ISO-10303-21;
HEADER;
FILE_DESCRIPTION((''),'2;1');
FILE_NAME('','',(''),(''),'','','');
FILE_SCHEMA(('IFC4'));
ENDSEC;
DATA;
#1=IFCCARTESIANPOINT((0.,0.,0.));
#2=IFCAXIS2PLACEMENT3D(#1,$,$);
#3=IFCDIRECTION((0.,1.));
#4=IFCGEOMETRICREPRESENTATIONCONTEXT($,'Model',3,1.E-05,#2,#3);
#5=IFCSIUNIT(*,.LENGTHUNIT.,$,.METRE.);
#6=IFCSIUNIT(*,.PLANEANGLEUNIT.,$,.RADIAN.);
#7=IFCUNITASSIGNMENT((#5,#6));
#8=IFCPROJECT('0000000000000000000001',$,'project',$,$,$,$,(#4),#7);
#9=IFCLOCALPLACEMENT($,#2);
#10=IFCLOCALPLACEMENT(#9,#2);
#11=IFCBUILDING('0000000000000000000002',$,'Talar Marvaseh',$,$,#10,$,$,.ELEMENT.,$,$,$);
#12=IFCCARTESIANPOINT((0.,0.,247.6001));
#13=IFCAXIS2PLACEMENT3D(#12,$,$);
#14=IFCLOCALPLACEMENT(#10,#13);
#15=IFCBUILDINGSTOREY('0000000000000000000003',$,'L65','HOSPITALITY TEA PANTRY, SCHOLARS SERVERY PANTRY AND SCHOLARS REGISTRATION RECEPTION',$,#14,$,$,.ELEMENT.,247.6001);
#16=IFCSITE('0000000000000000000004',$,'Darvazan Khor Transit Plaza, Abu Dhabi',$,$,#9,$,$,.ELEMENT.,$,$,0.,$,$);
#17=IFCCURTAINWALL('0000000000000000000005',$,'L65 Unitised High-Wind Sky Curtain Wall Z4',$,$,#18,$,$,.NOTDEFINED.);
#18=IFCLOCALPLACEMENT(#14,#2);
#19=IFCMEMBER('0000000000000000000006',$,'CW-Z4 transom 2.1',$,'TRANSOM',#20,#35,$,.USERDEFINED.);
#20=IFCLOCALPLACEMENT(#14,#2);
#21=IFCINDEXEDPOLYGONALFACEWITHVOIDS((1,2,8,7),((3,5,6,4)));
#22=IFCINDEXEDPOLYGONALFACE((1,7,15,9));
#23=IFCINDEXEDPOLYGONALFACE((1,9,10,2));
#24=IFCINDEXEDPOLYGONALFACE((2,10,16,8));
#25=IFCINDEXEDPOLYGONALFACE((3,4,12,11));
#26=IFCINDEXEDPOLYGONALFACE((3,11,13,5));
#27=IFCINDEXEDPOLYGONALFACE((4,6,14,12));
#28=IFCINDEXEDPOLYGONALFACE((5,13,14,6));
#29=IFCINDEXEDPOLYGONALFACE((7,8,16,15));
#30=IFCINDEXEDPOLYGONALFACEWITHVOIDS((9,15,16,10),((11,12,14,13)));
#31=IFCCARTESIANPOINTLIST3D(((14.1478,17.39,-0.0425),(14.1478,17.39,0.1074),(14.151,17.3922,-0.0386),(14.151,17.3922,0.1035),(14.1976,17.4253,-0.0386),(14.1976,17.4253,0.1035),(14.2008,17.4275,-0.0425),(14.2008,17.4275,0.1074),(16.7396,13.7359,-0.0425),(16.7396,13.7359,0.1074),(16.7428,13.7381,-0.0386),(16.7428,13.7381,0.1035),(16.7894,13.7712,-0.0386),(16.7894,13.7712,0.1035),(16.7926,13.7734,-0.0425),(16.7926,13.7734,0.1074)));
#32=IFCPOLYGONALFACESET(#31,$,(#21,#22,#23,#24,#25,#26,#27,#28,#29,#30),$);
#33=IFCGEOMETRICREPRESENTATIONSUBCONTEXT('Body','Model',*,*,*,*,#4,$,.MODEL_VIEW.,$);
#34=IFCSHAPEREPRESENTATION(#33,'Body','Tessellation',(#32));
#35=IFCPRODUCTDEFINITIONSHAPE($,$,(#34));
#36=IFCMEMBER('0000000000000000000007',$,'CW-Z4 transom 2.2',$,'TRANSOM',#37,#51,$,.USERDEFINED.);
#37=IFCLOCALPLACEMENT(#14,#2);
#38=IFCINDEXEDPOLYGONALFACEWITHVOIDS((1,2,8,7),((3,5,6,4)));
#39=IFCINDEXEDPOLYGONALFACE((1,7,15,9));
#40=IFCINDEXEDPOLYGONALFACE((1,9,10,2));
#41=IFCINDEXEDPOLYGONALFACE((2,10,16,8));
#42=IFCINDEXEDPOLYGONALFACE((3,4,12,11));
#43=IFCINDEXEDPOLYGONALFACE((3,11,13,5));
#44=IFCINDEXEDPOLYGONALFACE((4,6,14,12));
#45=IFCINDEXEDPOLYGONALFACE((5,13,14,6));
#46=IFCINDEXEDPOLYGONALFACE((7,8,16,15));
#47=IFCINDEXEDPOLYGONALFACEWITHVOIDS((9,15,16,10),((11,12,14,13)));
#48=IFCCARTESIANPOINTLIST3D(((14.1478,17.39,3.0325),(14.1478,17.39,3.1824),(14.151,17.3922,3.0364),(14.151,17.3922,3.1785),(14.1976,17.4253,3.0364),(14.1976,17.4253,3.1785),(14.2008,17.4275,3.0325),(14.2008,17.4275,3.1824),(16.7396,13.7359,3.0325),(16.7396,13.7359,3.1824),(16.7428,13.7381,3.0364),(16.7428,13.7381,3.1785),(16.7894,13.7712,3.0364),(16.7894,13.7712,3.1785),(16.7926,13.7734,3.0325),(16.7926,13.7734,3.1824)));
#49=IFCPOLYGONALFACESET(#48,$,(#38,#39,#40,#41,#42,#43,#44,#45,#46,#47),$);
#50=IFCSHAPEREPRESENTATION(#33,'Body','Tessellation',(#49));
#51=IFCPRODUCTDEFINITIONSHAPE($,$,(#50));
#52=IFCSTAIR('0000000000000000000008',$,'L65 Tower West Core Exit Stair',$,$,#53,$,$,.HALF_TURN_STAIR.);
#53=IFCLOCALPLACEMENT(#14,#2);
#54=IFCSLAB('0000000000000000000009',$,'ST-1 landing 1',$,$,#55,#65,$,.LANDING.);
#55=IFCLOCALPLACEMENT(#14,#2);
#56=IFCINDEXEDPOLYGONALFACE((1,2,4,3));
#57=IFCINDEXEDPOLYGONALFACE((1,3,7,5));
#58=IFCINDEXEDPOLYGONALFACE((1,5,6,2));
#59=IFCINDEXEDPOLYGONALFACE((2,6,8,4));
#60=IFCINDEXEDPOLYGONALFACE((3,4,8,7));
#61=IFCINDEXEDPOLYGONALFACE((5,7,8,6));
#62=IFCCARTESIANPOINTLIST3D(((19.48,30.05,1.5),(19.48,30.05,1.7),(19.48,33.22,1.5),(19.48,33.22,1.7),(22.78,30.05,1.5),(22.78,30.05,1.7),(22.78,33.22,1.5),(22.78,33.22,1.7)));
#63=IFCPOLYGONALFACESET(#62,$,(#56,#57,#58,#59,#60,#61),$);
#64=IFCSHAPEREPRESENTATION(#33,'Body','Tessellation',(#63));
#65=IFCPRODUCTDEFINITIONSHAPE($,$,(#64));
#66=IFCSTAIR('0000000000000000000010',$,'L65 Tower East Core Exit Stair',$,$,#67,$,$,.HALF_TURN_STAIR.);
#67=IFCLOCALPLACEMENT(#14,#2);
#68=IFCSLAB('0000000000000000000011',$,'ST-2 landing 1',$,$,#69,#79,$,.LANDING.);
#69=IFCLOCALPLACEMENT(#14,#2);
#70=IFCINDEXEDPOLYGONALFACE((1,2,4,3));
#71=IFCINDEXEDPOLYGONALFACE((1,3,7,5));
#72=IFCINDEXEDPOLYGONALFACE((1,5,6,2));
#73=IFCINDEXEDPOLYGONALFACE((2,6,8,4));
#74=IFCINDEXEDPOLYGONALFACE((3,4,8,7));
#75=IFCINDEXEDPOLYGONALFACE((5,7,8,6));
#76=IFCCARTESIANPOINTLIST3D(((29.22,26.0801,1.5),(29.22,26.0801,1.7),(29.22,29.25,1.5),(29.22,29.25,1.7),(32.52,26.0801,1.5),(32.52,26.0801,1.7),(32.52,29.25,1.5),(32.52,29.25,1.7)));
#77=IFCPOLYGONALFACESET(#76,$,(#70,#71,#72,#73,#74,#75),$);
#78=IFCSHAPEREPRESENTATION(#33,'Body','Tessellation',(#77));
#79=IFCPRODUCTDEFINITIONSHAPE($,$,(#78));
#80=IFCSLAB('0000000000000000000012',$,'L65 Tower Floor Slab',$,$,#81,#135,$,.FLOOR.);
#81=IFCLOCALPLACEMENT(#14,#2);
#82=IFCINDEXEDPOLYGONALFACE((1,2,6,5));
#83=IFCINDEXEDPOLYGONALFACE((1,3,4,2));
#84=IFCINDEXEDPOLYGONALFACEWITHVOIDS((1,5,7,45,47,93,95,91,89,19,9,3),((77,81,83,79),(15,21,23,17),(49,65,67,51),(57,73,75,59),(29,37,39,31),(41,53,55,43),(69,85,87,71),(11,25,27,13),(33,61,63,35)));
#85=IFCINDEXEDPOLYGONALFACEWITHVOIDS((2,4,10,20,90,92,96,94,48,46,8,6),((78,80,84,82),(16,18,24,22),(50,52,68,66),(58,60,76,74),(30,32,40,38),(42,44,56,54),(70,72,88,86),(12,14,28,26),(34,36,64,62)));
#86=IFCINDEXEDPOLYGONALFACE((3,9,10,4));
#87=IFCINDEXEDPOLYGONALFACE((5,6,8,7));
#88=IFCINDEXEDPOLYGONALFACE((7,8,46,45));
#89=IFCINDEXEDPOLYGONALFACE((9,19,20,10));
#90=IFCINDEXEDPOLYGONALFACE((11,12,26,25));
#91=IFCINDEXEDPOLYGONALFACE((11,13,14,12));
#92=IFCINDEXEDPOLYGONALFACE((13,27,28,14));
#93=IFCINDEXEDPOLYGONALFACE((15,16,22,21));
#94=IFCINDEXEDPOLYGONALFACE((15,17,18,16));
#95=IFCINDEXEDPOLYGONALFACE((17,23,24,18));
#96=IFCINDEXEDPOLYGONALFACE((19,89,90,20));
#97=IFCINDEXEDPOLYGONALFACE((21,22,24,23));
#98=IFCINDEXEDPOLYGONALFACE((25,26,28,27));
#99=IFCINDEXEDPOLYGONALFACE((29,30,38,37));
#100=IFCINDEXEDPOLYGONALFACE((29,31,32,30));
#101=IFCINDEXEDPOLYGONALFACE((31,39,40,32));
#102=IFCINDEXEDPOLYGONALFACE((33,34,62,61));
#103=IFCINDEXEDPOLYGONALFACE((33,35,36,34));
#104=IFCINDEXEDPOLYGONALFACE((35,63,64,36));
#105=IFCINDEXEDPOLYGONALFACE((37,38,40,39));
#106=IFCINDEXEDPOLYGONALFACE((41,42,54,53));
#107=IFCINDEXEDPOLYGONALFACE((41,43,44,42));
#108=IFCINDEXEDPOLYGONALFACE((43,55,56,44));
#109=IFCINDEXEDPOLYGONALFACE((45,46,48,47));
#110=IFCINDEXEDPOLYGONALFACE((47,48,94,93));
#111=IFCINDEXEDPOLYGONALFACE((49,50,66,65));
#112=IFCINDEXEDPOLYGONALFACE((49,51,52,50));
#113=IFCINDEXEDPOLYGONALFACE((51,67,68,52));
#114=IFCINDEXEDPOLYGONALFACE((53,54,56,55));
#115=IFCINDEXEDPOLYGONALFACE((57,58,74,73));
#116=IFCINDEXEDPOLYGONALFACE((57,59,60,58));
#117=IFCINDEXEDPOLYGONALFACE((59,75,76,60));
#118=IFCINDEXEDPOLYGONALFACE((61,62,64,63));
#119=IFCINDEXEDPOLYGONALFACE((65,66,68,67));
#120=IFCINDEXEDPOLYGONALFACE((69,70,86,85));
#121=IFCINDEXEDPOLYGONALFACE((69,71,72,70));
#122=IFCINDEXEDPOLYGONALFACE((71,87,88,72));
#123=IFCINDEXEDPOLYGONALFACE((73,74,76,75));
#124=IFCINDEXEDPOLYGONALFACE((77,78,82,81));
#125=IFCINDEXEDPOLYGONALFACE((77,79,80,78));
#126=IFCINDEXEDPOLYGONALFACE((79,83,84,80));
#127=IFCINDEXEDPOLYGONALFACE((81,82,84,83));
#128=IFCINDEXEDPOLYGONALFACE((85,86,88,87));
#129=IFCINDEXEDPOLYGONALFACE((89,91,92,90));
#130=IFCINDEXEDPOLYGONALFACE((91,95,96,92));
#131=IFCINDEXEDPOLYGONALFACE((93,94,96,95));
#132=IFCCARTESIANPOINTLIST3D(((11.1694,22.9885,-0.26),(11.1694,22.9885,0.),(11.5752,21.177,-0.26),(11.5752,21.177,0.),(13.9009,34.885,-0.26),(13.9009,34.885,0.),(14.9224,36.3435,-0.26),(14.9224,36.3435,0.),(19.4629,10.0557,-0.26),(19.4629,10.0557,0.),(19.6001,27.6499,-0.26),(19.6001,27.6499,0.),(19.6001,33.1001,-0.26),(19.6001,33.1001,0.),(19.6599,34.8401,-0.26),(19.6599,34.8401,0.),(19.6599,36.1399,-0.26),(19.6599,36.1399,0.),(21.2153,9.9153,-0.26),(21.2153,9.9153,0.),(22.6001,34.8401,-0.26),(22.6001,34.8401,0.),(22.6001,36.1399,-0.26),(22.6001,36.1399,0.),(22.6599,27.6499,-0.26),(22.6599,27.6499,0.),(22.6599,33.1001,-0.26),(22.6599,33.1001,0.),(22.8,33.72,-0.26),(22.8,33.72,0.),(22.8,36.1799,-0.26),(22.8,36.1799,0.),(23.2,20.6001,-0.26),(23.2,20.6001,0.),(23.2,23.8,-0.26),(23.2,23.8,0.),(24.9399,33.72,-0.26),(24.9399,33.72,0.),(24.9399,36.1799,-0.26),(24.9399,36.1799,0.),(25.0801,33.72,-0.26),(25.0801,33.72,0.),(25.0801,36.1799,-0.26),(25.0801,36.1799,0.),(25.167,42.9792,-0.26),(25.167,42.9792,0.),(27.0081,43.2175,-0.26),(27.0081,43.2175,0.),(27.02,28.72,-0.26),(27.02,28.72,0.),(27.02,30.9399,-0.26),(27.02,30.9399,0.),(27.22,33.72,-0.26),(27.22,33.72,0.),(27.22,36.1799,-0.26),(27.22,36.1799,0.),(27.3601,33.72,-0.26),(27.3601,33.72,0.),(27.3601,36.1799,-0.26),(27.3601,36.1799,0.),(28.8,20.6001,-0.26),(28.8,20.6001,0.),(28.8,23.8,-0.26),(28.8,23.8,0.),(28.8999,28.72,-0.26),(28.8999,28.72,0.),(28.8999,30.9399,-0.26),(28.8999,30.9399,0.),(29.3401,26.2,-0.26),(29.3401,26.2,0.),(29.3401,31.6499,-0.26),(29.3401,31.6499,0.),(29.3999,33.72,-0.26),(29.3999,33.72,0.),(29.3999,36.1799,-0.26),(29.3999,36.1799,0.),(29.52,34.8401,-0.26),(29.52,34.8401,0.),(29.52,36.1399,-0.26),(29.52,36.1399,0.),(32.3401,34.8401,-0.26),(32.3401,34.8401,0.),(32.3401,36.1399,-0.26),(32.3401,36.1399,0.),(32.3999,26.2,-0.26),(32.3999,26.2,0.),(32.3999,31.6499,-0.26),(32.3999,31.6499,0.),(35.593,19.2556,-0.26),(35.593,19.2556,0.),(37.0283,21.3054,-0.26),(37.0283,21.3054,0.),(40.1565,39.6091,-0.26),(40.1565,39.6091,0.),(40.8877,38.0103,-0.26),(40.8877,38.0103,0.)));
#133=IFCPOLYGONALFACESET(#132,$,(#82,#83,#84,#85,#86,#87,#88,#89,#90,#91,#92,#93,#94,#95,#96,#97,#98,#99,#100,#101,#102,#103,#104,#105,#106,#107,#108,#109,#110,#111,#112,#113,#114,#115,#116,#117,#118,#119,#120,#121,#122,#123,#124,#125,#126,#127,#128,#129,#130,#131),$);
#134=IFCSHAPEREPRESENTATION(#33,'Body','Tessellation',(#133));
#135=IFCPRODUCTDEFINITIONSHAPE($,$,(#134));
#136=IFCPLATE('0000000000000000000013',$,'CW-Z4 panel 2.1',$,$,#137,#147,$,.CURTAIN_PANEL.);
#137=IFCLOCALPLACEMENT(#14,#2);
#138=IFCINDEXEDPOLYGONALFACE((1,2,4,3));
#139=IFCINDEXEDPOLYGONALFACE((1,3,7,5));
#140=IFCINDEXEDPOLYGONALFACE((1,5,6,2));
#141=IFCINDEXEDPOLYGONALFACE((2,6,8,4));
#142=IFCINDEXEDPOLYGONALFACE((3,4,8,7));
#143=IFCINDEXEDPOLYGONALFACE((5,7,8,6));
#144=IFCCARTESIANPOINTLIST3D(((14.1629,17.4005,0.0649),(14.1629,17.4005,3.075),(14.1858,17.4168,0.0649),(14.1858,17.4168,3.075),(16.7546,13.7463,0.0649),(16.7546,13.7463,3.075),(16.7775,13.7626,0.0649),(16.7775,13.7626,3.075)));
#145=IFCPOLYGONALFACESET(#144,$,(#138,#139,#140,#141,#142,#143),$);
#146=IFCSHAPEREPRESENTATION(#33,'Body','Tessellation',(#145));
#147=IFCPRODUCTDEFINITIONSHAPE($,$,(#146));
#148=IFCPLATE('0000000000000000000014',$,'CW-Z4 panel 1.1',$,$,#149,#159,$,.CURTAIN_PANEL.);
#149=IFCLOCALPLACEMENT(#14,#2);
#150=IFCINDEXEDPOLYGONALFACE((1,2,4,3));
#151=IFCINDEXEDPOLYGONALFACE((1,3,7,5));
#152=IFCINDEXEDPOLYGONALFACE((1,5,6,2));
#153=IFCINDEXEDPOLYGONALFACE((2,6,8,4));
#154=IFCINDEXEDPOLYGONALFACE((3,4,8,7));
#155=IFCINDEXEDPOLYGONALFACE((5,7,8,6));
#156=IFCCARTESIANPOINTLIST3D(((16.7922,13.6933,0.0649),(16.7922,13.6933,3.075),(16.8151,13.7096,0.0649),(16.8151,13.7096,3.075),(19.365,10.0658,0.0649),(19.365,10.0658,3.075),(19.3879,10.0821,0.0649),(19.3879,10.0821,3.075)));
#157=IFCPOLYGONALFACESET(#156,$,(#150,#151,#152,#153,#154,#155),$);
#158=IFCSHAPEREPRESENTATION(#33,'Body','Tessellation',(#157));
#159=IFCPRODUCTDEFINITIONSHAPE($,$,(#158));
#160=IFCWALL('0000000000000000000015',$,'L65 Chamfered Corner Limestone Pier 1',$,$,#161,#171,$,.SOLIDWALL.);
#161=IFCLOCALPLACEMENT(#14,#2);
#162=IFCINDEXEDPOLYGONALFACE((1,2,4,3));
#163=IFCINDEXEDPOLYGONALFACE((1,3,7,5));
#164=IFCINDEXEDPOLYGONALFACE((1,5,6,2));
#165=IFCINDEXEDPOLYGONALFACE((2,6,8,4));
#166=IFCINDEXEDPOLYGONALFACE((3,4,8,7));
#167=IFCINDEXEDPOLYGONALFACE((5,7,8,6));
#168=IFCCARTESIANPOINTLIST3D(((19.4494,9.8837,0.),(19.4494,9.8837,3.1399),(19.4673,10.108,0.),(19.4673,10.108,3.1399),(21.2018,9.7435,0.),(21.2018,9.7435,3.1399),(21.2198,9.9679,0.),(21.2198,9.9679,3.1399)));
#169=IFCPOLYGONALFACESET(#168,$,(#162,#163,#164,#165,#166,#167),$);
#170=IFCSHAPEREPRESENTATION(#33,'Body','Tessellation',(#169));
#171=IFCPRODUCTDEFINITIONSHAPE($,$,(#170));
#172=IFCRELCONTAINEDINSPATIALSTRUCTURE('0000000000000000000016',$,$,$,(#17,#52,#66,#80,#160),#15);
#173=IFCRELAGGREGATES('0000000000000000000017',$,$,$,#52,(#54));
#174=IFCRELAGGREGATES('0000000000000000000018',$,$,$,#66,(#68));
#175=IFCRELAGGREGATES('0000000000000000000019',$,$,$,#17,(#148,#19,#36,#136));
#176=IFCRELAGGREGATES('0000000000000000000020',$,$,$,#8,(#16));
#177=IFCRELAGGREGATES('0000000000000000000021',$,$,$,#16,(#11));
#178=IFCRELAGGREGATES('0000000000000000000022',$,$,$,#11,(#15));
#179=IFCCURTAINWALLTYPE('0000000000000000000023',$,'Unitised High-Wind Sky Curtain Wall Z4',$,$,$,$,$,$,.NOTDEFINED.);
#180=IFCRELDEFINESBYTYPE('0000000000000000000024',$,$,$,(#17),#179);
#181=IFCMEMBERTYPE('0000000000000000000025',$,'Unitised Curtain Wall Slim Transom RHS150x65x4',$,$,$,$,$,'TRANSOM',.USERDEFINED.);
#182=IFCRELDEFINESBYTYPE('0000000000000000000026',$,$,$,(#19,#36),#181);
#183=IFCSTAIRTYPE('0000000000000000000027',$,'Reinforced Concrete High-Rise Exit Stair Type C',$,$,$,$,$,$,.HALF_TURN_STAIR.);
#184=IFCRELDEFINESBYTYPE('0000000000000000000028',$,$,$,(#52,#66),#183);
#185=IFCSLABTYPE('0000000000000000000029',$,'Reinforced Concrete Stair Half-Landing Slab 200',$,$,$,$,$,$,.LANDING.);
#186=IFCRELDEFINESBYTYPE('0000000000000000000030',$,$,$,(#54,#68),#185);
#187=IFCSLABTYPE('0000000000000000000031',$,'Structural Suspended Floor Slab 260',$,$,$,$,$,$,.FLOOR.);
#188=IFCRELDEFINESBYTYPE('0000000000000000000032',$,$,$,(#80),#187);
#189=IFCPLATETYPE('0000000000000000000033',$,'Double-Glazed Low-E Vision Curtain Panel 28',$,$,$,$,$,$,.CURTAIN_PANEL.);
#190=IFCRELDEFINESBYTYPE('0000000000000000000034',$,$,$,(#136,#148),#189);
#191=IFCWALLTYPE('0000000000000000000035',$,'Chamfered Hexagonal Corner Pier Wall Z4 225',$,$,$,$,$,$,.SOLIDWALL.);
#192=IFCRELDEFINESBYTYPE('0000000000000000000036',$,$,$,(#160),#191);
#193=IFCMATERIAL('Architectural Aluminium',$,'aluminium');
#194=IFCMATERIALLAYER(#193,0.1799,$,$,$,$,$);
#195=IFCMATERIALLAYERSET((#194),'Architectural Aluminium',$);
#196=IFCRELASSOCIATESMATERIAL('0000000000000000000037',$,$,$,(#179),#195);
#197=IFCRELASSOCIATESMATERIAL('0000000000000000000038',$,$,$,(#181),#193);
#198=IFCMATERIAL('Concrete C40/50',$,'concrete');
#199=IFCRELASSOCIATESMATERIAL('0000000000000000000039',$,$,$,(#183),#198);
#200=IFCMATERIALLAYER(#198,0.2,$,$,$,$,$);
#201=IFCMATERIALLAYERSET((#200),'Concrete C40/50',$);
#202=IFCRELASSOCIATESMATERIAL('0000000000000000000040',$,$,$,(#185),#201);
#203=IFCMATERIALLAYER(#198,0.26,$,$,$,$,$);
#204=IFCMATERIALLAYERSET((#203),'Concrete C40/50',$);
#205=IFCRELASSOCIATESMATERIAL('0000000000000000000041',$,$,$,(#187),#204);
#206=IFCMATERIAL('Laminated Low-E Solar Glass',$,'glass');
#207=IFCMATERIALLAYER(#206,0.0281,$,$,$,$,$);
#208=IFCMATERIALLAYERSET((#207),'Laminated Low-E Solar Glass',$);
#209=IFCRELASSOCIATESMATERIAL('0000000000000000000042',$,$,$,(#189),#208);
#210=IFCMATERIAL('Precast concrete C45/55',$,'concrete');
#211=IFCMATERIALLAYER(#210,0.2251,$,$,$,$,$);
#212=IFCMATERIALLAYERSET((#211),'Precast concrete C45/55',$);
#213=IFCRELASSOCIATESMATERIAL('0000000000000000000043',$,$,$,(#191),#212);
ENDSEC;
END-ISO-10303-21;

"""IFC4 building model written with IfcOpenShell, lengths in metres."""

from ifc_helpers import new_model, si_unit, direction, frame, frame_2d, origin, origin_2d, place, context, subcontext, project, spatial, polyline, rectangle, hollow_rectangle, outline, extrude, source, transform, mapped, material, layer, layer_set, material_profile, profile_set, type_object, type_shapes, element, aggregate, save


model = new_model("IFC4")

# Units and contexts
model_context = context("Model", 3, precision=1e-05, world=origin(), true_north=direction((0.0, 1.0)))
body_context = subcontext(model_context, "Body", "Model", "MODEL_VIEW")
ifc_project = project(units=[si_unit("LENGTHUNIT", "METRE"), si_unit("PLANEANGLEUNIT", "RADIAN")], contexts=[model_context])

# Site, building, storey
site_placement = place(None, origin())
site = spatial("IfcSite", under=ifc_project, at=site_placement, Name="Darvazan Khor Transit Plaza, Abu Dhabi", CompositionType="ELEMENT", RefElevation=0.0)
building_placement = place(site_placement, origin())
building = spatial("IfcBuilding", under=site, at=building_placement, Name="Talar Marvaseh", CompositionType="ELEMENT")
storey_placement = place(building_placement, frame((0.0, 0.0, 247.6001)))
storey = spatial("IfcBuildingStorey", under=building, at=storey_placement, Name="L65", Description="HOSPITALITY TEA PANTRY, SCHOLARS SERVERY PANTRY AND SCHOLARS REGISTRATION RECEPTION", CompositionType="ELEMENT", Elevation=247.6001)

# Curtain wall
ifc_material_1 = material(Name="Architectural Aluminium", Category="aluminium")
ifc_layer_1 = layer(ifc_material_1, 0.1799)
ifc_layer_set_1 = layer_set([ifc_layer_1], Name="Architectural Aluminium")
curtain_wall_type = type_object("IfcCurtainWallType", Name="Unitised High-Wind Sky Curtain Wall Z4", PredefinedType="NOTDEFINED", material=ifc_layer_set_1)
curtain_wall_1_placement = place(storey_placement, origin())
curtain_wall_1 = element("IfcCurtainWall", 1, at=curtain_wall_1_placement, inside=storey, type_object=curtain_wall_type, Name="L65 Unitised High-Wind Sky Curtain Wall Z4", PredefinedType="NOTDEFINED")

# Members
ifc_material_profile_1 = material_profile(ifc_material_1, hollow_rectangle(XDim=0.0649, YDim=0.1499, WallThickness=0.0039, at=origin_2d()), Name="RHS150x65x4")
ifc_profile_set_1 = profile_set([ifc_material_profile_1], Name="Architectural Aluminium")
member_type_1 = type_object("IfcMemberType", Name="Unitised Curtain Wall Slim Transom RHS150x65x4", ElementType="TRANSOM", PredefinedType="USERDEFINED", material=ifc_profile_set_1)
shared_shape_1 = source(origin(), body_context, "Body", "SweptSolid", [
    extrude(hollow_rectangle(XDim=0.0649, YDim=0.1499, WallThickness=0.0039, at=origin_2d()), origin(), (0.0, 0.0, 1.0), 4.48),
])
member_1_placement = place(storey_placement, frame((16.7661, 13.7546, 0.0325), z_axis=(-0.578539, 0.815655, 0.0), x_axis=(-0.815655, -0.578539, 0.0)))
member_1 = element("IfcMember", 2, at=member_1_placement, type_object=member_type_1, Name="CW-Z4 transom 2.1", ObjectType="TRANSOM", PredefinedType="USERDEFINED", context=body_context, shape_type="MappedRepresentation", body=[
    mapped(shared_shape_1, transform((0.0, 0.0, 0.0), x_axis=(1.0, 0.0, 0.0), y_axis=(0.0, 1.0, 0.0), z_axis=(0.0, 0.0, 1.0), scale=1.0)),
])
member_2_placement = place(storey_placement, frame((16.7661, 13.7546, 3.1074), z_axis=(-0.578539, 0.815655, 0.0), x_axis=(-0.815655, -0.578539, 0.0)))
member_2 = element("IfcMember", 3, at=member_2_placement, type_object=member_type_1, Name="CW-Z4 transom 2.2", ObjectType="TRANSOM", PredefinedType="USERDEFINED", context=body_context, shape_type="MappedRepresentation", body=[
    mapped(shared_shape_1, transform((0.0, 0.0, 0.0), x_axis=(1.0, 0.0, 0.0), y_axis=(0.0, 1.0, 0.0), z_axis=(0.0, 0.0, 1.0), scale=1.0)),
])

# Stairs, slabs
ifc_material_2 = material(Name="Concrete C40/50", Category="concrete")
stair_type = type_object("IfcStairType", Name="Reinforced Concrete High-Rise Exit Stair Type C", PredefinedType="HALF_TURN_STAIR", material=ifc_material_2)
stair_1_placement = place(storey_placement, origin())
stair_1 = element("IfcStair", 4, at=stair_1_placement, inside=storey, type_object=stair_type, Name="L65 Tower West Core Exit Stair", PredefinedType="HALF_TURN_STAIR")
ifc_layer_2 = layer(ifc_material_2, 0.2)
ifc_layer_set_2 = layer_set([ifc_layer_2], Name="Concrete C40/50")
slab_type_1 = type_object("IfcSlabType", Name="Reinforced Concrete Stair Half-Landing Slab 200", PredefinedType="LANDING", material=ifc_layer_set_2)
slab_1_placement = place(storey_placement, frame((0.0, 0.0, 1.5)))
slab_1 = element("IfcSlab", 5, at=slab_1_placement, type_object=slab_type_1, Name="ST-1 landing 1", PredefinedType="LANDING", context=body_context, shape_type="SweptSolid", body=[
    extrude(outline(polyline([(22.78, 30.05), (22.78, 33.22), (19.48, 33.22), (19.48, 30.05), (22.78, 30.05)])), origin(), (0.0, 0.0, 1.0), 0.2),
])
aggregate(stair_1, [slab_1])
stair_2_placement = place(storey_placement, origin())
stair_2 = element("IfcStair", 6, at=stair_2_placement, inside=storey, type_object=stair_type, Name="L65 Tower East Core Exit Stair", PredefinedType="HALF_TURN_STAIR")
slab_2_placement = place(storey_placement, frame((0.0, 0.0, 1.5)))
slab_2 = element("IfcSlab", 7, at=slab_2_placement, type_object=slab_type_1, Name="ST-2 landing 1", PredefinedType="LANDING", context=body_context, shape_type="SweptSolid", body=[
    extrude(outline(polyline([(29.22, 29.25), (29.22, 26.0801), (32.52, 26.0801), (32.52, 29.25), (29.22, 29.25)])), origin(), (0.0, 0.0, 1.0), 0.2),
])
aggregate(stair_2, [slab_2])

# Slab
ifc_layer_3 = layer(ifc_material_2, 0.26)
ifc_layer_set_3 = layer_set([ifc_layer_3], Name="Concrete C40/50")
slab_type_2 = type_object("IfcSlabType", Name="Structural Suspended Floor Slab 260", PredefinedType="FLOOR", material=ifc_layer_set_3)
slab_3_placement = place(storey_placement, frame((0.0, 0.0, -0.26)))
element("IfcSlab", 8, at=slab_3_placement, inside=storey, type_object=slab_type_2, Name="L65 Tower Floor Slab", PredefinedType="FLOOR", context=body_context, shape_type="SweptSolid", body=[
    extrude(outline(polyline([(21.2153, 9.9153), (19.4629, 10.0557), (11.5752, 21.177), (11.1694, 22.9885), (13.9009, 34.885), (14.9224, 36.3435), (25.167, 42.9792), (27.0081, 43.2175), (40.1565, 39.6091), (40.8877, 38.0103), (37.0283, 21.3054), (35.593, 19.2556), (21.2153, 9.9153)]), holes=[polyline([(22.6599, 27.6499), (22.6599, 33.1001), (19.6001, 33.1001), (19.6001, 27.6499), (22.6599, 27.6499)]), polyline([(29.3401, 31.6499), (29.3401, 26.2), (32.3999, 26.2), (32.3999, 31.6499), (29.3401, 31.6499)]), polyline([(22.8, 33.72), (24.9399, 33.72), (24.9399, 36.1799), (22.8, 36.1799), (22.8, 33.72)]), polyline([(25.0801, 33.72), (27.22, 33.72), (27.22, 36.1799), (25.0801, 36.1799), (25.0801, 33.72)]), polyline([(27.3601, 33.72), (29.3999, 33.72), (29.3999, 36.1799), (27.3601, 36.1799), (27.3601, 33.72)]), polyline([(27.02, 28.72), (28.8999, 28.72), (28.8999, 30.9399), (27.02, 30.9399), (27.02, 28.72)]), polyline([(19.6599, 34.8401), (22.6001, 34.8401), (22.6001, 36.1399), (19.6599, 36.1399), (19.6599, 34.8401)]), polyline([(29.52, 34.8401), (32.3401, 34.8401), (32.3401, 36.1399), (29.52, 36.1399), (29.52, 34.8401)]), polyline([(23.2, 20.6001), (28.8, 20.6001), (28.8, 23.8), (23.2, 23.8), (23.2, 20.6001)])]), origin(), (0.0, 0.0, 1.0), 0.26),
])

# Plates
ifc_material_3 = material(Name="Laminated Low-E Solar Glass", Category="glass")
ifc_layer_4 = layer(ifc_material_3, 0.0281)
ifc_layer_set_4 = layer_set([ifc_layer_4], Name="Laminated Low-E Solar Glass")
plate_type = type_object("IfcPlateType", Name="Double-Glazed Low-E Vision Curtain Panel 28", PredefinedType="CURTAIN_PANEL", material=ifc_layer_set_4)
shared_shape_2 = source(origin(), body_context, "Body", "SweptSolid", [
    extrude(rectangle(XDim=4.48, YDim=0.0281, at=origin_2d()), origin(), (0.0, 0.0, 1.0), 3.01),
])
plate_1_placement = place(storey_placement, frame((15.4702, 15.5815, 0.0649), z_axis=(0.0, 0.0, 1.0), x_axis=(-0.578513, 0.815673, 0.0)))
plate_1 = element("IfcPlate", 9, at=plate_1_placement, type_object=plate_type, Name="CW-Z4 panel 2.1", PredefinedType="CURTAIN_PANEL", context=body_context, shape_type="MappedRepresentation", body=[
    mapped(shared_shape_2, transform((0.0, 0.0, 0.0), x_axis=(1.0, 0.0, 0.0), y_axis=(0.0, 1.0, 0.0), z_axis=(0.0, 0.0, 1.0), scale=1.0)),
])
shared_shape_3 = source(origin(), body_context, "Body", "SweptSolid", [
    extrude(rectangle(XDim=4.4473, YDim=0.0281, at=origin_2d()), origin(), (0.0, 0.0, 1.0), 3.01),
])
type_shapes(plate_type, [shared_shape_2, shared_shape_3])
plate_2_placement = place(storey_placement, frame((18.0901, 11.8877, 0.0649), z_axis=(0.0, 0.0, 1.0), x_axis=(-0.578513, 0.815673, 0.0)))
plate_2 = element("IfcPlate", 10, at=plate_2_placement, type_object=plate_type, Name="CW-Z4 panel 1.1", PredefinedType="CURTAIN_PANEL", context=body_context, shape_type="MappedRepresentation", body=[
    mapped(shared_shape_3, transform((0.0, 0.0, 0.0), x_axis=(1.0, 0.0, 0.0), y_axis=(0.0, 1.0, 0.0), z_axis=(0.0, 0.0, 1.0), scale=1.0)),
])
aggregate(curtain_wall_1, [plate_2, member_1, member_2, plate_1])

# Wall
ifc_material_4 = material(Name="Precast concrete C45/55", Category="concrete")
ifc_layer_5 = layer(ifc_material_4, 0.2251)
ifc_layer_set_5 = layer_set([ifc_layer_5], Name="Precast concrete C45/55")
wall_type = type_object("IfcWallType", Name="Chamfered Hexagonal Corner Pier Wall Z4 225", PredefinedType="SOLIDWALL", material=ifc_layer_set_5)
wall_placement = place(storey_placement, frame((21.2107, 9.8557, 0.0), z_axis=(0.0, 0.0, 1.0), x_axis=(-0.996818, 0.079712, 0.0)))
element("IfcWall", 11, at=wall_placement, inside=storey, type_object=wall_type, Name="L65 Chamfered Corner Limestone Pier 1", PredefinedType="SOLIDWALL", context=body_context, shape_type="SweptSolid", body=[
    extrude(rectangle(XDim=1.7581, YDim=0.2251, at=frame_2d((0.8789, 0.0))), origin(), (0.0, 0.0, 1.0), 3.1399),
])

save(model, "model.ifc")
